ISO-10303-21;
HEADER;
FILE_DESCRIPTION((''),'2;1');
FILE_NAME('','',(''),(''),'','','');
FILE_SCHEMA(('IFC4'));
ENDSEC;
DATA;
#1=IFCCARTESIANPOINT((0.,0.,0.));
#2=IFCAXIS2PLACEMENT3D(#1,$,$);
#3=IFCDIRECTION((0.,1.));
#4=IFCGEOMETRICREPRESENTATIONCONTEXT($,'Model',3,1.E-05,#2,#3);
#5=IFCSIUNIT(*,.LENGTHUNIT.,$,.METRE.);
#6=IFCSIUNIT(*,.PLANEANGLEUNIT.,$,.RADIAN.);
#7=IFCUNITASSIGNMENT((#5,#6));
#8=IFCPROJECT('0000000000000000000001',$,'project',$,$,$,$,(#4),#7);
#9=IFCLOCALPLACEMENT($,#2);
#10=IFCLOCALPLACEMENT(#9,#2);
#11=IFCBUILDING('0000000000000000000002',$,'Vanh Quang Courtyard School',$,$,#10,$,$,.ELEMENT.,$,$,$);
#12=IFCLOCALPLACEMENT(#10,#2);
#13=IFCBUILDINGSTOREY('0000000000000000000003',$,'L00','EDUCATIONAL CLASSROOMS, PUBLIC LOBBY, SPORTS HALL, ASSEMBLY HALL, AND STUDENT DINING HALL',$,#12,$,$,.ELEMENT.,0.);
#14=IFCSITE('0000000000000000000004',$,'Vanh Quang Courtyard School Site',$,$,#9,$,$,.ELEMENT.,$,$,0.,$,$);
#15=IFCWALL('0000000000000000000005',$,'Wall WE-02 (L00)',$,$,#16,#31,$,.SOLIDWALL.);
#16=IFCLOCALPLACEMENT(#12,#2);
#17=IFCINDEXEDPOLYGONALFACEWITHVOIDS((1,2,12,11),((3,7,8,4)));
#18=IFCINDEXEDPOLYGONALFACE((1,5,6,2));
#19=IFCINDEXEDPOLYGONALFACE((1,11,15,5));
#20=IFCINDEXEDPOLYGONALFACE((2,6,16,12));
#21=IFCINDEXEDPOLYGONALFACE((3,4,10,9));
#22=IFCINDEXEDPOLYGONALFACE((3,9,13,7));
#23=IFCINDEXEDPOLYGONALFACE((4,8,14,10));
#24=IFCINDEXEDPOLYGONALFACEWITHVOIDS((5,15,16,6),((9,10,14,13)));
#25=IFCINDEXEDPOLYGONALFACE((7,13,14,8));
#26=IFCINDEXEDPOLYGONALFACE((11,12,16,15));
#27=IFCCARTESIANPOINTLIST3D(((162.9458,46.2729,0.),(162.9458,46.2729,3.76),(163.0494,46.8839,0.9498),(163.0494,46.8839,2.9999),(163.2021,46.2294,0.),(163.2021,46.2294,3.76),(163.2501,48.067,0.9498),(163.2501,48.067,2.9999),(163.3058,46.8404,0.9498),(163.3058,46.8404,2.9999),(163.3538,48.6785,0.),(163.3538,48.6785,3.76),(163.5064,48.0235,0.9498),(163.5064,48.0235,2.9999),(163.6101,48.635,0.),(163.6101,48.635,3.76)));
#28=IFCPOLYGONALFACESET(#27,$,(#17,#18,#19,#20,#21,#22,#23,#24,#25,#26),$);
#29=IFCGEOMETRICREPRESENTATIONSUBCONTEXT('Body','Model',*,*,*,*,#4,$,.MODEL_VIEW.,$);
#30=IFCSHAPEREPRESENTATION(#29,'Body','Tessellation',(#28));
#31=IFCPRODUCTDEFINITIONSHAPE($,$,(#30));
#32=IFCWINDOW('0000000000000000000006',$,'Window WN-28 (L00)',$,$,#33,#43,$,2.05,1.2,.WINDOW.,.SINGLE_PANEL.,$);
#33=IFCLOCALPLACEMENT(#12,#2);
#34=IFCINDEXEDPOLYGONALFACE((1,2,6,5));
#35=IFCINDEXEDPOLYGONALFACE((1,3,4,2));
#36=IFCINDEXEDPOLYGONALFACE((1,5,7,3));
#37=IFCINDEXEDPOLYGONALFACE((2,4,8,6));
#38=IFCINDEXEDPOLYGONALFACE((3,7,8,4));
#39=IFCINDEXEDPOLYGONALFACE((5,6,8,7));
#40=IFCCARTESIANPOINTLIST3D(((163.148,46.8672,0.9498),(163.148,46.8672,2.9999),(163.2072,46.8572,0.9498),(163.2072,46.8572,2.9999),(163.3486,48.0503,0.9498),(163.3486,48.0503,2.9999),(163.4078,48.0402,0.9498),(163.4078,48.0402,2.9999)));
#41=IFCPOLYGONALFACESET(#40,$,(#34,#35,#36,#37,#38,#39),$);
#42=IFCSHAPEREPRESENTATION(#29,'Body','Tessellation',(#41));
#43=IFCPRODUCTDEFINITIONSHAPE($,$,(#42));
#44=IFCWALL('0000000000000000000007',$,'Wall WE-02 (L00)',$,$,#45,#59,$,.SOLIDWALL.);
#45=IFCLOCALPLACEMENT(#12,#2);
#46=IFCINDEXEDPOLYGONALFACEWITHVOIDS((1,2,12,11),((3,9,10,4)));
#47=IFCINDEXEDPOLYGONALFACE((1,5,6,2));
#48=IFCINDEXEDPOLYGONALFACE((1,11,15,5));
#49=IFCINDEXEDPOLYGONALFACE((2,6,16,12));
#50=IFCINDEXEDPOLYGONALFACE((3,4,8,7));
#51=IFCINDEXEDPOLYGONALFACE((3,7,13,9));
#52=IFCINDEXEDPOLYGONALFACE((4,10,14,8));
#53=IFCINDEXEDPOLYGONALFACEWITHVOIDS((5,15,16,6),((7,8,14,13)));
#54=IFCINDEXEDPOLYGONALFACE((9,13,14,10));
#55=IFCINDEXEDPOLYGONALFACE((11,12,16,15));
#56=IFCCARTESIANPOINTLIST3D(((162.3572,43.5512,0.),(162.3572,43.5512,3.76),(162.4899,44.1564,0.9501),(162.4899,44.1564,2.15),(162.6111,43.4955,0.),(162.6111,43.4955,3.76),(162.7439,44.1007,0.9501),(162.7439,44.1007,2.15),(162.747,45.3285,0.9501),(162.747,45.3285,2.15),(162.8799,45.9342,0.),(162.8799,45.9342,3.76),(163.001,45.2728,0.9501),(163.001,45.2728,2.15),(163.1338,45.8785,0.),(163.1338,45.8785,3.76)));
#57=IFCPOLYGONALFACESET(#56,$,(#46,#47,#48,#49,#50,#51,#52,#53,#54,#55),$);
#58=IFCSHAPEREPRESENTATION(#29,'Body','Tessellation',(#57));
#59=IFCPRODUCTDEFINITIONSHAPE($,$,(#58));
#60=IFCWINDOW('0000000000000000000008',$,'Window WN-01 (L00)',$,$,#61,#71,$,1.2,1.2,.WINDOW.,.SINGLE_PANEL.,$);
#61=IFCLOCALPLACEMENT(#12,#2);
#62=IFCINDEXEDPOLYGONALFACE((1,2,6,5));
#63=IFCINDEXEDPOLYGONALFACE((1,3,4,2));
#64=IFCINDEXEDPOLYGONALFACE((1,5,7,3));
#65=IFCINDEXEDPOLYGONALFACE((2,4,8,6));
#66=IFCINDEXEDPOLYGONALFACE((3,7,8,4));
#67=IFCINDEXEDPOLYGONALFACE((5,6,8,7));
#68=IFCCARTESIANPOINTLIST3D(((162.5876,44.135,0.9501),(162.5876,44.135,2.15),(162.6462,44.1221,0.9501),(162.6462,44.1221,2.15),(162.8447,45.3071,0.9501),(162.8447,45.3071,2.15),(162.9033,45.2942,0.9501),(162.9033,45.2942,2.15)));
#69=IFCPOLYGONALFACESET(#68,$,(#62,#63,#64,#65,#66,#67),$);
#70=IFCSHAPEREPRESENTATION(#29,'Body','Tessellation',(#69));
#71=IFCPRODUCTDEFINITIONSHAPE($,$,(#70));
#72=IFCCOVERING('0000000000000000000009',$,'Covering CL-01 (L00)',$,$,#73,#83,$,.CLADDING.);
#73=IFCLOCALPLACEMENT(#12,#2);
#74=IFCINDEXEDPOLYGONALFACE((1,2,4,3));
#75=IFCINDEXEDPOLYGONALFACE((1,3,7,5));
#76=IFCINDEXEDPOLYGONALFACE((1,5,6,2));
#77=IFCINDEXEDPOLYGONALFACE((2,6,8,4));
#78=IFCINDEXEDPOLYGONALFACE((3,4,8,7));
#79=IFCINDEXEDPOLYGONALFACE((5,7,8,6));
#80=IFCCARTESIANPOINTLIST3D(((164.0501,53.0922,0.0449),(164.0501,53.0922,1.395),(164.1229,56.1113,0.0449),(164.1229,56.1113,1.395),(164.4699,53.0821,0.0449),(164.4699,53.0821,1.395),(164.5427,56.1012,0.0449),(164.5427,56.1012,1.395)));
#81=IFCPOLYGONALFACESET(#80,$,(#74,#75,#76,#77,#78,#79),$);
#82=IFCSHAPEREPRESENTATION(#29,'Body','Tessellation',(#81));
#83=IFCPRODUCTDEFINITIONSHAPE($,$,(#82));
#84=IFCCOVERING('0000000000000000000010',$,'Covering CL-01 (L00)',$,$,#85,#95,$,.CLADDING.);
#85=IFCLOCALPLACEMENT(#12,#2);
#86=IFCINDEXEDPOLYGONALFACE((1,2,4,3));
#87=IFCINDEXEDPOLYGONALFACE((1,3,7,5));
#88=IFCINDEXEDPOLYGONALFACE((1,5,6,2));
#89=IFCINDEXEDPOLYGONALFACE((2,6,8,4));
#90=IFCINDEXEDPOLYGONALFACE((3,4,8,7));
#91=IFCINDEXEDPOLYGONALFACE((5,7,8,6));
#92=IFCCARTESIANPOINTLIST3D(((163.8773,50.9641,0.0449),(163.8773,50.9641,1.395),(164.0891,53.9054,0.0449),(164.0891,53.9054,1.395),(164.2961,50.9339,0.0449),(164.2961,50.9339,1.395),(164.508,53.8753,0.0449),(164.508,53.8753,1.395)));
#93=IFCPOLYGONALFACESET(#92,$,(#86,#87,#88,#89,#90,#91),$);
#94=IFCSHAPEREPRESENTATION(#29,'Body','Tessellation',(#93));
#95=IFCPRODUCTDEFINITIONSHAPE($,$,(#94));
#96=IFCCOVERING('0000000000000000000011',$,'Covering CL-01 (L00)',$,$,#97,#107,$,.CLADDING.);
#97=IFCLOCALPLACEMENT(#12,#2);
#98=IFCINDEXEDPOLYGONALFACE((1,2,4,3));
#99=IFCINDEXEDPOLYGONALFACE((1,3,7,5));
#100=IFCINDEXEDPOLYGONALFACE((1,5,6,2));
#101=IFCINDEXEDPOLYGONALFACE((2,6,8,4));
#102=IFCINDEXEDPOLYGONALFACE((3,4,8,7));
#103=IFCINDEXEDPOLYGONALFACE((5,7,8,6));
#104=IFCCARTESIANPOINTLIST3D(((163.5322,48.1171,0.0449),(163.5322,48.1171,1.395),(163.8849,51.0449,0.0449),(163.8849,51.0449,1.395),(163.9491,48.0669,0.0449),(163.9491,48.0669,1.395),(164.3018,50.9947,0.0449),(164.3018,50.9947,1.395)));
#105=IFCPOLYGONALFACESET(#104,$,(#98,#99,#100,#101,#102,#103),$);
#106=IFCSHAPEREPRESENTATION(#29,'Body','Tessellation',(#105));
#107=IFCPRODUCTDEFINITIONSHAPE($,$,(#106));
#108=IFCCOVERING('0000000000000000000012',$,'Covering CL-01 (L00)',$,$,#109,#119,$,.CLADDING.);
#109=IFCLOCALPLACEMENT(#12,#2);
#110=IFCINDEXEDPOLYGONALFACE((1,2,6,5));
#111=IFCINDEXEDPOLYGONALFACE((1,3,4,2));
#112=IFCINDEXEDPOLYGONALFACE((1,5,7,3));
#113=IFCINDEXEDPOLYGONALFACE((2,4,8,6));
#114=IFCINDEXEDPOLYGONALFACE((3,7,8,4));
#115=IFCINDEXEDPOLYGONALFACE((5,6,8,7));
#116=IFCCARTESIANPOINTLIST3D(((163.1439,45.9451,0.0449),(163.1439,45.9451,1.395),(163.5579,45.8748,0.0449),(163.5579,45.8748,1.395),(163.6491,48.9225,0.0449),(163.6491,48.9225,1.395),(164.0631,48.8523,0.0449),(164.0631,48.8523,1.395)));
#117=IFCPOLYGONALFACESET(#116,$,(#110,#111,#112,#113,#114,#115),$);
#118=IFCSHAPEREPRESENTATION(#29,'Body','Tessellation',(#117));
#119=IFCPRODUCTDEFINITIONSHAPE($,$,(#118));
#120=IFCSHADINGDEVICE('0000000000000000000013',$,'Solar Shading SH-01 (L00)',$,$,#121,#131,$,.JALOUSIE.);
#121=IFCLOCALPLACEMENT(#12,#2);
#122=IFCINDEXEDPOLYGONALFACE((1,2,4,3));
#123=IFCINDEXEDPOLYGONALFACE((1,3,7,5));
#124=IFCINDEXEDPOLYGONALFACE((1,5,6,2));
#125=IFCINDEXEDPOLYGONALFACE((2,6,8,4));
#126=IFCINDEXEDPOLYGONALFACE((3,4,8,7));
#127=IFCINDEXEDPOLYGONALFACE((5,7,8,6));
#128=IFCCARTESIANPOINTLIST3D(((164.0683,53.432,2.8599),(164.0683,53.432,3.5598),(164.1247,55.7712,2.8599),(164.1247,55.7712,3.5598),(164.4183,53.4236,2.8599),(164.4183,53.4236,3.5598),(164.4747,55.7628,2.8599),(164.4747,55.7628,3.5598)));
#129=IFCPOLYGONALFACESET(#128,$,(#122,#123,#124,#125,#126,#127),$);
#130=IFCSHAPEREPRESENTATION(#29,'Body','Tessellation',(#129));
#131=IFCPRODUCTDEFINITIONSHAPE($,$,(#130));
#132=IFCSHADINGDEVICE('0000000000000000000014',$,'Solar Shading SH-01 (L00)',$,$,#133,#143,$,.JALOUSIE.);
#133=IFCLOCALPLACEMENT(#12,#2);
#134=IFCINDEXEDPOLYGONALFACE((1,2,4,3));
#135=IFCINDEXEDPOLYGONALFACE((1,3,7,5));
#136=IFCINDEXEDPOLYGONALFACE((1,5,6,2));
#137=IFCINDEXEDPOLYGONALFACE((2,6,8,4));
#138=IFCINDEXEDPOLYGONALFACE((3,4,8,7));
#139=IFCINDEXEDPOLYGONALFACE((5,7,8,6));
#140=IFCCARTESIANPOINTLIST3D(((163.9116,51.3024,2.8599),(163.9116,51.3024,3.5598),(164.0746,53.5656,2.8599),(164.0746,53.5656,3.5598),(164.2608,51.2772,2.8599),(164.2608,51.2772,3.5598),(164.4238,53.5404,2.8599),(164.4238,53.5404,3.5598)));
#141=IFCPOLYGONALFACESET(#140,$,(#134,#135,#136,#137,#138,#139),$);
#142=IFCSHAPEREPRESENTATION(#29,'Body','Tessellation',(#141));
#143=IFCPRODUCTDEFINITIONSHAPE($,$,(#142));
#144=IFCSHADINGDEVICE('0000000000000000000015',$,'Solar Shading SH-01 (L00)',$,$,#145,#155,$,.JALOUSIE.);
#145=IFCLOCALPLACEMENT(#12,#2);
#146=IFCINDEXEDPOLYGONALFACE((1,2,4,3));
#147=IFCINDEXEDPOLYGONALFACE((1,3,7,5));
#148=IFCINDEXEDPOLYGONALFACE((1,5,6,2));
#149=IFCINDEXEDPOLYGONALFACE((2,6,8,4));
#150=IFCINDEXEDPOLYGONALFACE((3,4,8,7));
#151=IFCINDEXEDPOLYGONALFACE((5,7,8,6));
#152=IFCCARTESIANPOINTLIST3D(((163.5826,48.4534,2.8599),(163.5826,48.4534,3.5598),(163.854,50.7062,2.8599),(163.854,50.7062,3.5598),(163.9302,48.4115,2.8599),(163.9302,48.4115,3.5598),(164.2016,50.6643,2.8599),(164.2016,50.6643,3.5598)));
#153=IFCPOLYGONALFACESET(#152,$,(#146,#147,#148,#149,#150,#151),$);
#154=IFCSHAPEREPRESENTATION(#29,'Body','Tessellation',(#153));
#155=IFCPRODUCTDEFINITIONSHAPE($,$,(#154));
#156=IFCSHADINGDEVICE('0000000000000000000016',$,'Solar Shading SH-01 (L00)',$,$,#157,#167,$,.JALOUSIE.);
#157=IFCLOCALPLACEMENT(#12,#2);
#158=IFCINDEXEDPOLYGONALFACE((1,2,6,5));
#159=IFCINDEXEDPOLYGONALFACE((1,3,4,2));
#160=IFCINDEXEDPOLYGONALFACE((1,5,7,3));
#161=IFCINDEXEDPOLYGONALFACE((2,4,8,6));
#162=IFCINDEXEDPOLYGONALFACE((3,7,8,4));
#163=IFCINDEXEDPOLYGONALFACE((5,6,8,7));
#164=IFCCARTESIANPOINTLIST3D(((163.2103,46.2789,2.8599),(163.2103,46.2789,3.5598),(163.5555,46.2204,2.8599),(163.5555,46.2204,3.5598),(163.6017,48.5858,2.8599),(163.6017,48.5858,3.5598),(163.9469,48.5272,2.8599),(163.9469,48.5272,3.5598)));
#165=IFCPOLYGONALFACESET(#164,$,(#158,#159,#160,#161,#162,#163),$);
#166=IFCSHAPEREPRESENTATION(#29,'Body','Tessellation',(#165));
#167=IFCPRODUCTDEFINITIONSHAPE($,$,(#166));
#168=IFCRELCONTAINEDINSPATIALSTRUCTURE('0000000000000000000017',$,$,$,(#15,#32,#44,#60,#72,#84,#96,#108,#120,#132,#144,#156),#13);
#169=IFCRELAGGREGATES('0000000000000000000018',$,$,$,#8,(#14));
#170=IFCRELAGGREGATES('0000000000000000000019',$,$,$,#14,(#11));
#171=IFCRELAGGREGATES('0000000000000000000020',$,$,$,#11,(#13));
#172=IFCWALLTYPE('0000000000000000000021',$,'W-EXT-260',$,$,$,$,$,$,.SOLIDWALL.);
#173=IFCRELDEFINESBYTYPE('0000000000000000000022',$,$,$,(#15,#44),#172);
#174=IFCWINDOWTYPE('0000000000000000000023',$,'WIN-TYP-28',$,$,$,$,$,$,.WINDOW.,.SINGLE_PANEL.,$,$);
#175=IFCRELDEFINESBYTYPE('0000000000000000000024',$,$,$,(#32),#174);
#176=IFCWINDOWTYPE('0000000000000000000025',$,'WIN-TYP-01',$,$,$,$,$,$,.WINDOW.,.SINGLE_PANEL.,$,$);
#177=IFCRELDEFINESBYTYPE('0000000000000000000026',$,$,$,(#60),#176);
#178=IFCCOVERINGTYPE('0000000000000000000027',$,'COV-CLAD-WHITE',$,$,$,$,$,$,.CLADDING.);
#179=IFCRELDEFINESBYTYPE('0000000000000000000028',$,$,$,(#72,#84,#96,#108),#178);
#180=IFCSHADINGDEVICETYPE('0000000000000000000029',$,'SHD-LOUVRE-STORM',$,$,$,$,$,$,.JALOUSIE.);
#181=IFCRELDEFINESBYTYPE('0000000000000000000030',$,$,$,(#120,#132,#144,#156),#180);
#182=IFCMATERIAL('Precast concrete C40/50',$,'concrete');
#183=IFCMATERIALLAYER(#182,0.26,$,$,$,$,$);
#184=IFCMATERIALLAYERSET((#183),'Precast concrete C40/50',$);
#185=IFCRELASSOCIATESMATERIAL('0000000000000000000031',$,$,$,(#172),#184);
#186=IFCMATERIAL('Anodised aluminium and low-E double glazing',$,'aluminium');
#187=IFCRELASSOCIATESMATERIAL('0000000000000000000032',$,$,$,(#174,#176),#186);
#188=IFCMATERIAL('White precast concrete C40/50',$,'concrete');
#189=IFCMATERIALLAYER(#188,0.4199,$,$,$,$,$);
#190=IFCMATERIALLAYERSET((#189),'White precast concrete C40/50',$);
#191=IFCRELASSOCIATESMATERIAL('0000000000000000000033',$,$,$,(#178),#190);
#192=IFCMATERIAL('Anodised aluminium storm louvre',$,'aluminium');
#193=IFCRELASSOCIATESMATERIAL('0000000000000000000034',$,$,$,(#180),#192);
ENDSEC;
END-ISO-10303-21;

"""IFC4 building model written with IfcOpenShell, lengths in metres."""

from ifc_helpers import new_model, si_unit, direction, frame, frame_2d, origin, origin_2d, place, context, subcontext, project, spatial, rectangle, extrude, material, layer, layer_set, type_object, element, fill, save


model = new_model("IFC4")

# Units and contexts
model_context = context("Model", 3, precision=1e-05, world=origin(), true_north=direction((0.0, 1.0)))
body_context = subcontext(model_context, "Body", "Model", "MODEL_VIEW")
ifc_project = project(units=[si_unit("LENGTHUNIT", "METRE"), si_unit("PLANEANGLEUNIT", "RADIAN")], contexts=[model_context])

# Site, building, storey
site_placement = place(None, origin())
site = spatial("IfcSite", under=ifc_project, at=site_placement, Name="Vanh Quang Courtyard School Site", CompositionType="ELEMENT", RefElevation=0.0)
building_placement = place(site_placement, origin())
building = spatial("IfcBuilding", under=site, at=building_placement, Name="Vanh Quang Courtyard School", CompositionType="ELEMENT")
storey_placement = place(building_placement, origin())
storey = spatial("IfcBuildingStorey", under=building, at=storey_placement, Name="L00", Description="EDUCATIONAL CLASSROOMS, PUBLIC LOBBY, SPORTS HALL, ASSEMBLY HALL, AND STUDENT DINING HALL", CompositionType="ELEMENT", Elevation=0.0)

# Shared definitions
ifc_material_1 = material(Name="Precast concrete C40/50", Category="concrete")
ifc_layer_1 = layer(ifc_material_1, 0.26)
ifc_layer_set_1 = layer_set([ifc_layer_1], Name="Precast concrete C40/50")
wall_type = type_object("IfcWallType", Name="W-EXT-260", PredefinedType="SOLIDWALL", material=ifc_layer_set_1)
ifc_material_2 = material(Name="Anodised aluminium and low-E double glazing", Category="aluminium")

# Walls, openings, windows
wall_1_placement = place(storey_placement, frame((163.4819, 48.6567, 0.0), z_axis=(0.0, 0.0, 1.0), x_axis=(-0.167205, -0.985922, 0.0)))
wall_1 = element("IfcWall", 1, at=wall_1_placement, inside=storey, type_object=wall_type, Name="Wall WE-02 (L00)", PredefinedType="SOLIDWALL", context=body_context, shape_type="SweptSolid", body=[
    extrude(rectangle(XDim=2.4399, YDim=0.26, at=frame_2d((1.22, 0.0))), origin(), (0.0, 0.0, 1.0), 3.76),
])
opening_1_placement = place(wall_1_placement, frame((0.6201, 0.0, 0.95)))
opening_1 = element("IfcOpeningElement", 2, at=opening_1_placement, cuts=wall_1, PredefinedType="OPENING", context=body_context, shape_type="SweptSolid", body=[
    extrude(rectangle(XDim=1.2, YDim=2.05, at=frame_2d((0.6001, 1.0249))), frame((0.0, 0.1401, 0.0), z_axis=(0.0, -1.0, 0.0), x_axis=(1.0, 0.0, 0.0)), (0.0, 0.0, 1.0), 0.28),
])
window_type_1 = type_object("IfcWindowType", Name="WIN-TYP-28", PartitioningType="SINGLE_PANEL", PredefinedType="WINDOW", material=ifc_material_2)
window_1_placement = place(opening_1_placement, origin())
window_1 = element("IfcWindow", 3, at=window_1_placement, inside=storey, type_object=window_type_1, Name="Window WN-28 (L00)", OverallHeight=2.05, OverallWidth=1.2, PartitioningType="SINGLE_PANEL", PredefinedType="WINDOW", context=body_context, shape_type="SweptSolid", body=[
    extrude(rectangle(XDim=1.2, YDim=2.05, at=frame_2d((0.6001, 1.0249))), frame((0.0, 0.03, 0.0), z_axis=(0.0, -1.0, 0.0), x_axis=(1.0, 0.0, 0.0)), (0.0, 0.0, 1.0), 0.0601),
])
fill(opening_1, window_1)
wall_2_placement = place(storey_placement, frame((163.0068, 45.9062, 0.0), z_axis=(0.0, 0.0, 1.0), x_axis=(-0.214249, -0.976779, 0.0)))
wall_2 = element("IfcWall", 4, at=wall_2_placement, inside=storey, type_object=wall_type, Name="Wall WE-02 (L00)", PredefinedType="SOLIDWALL", context=body_context, shape_type="SweptSolid", body=[
    extrude(rectangle(XDim=2.4397, YDim=0.26, at=frame_2d((1.2197, 0.0))), origin(), (0.0, 0.0, 1.0), 3.76),
])
opening_2_placement = place(wall_2_placement, frame((0.6199, 0.0, 0.95)))
opening_2 = element("IfcOpeningElement", 5, at=opening_2_placement, cuts=wall_2, PredefinedType="OPENING", context=body_context, shape_type="SweptSolid", body=[
    extrude(rectangle(XDim=1.2, YDim=1.2, at=frame_2d((0.6001, 0.6001))), frame((0.0, 0.1401, 0.0), z_axis=(0.0, -1.0, 0.0), x_axis=(1.0, 0.0, 0.0)), (0.0, 0.0, 1.0), 0.28),
])
window_type_2 = type_object("IfcWindowType", Name="WIN-TYP-01", PartitioningType="SINGLE_PANEL", PredefinedType="WINDOW", material=ifc_material_2)
window_2_placement = place(opening_2_placement, origin())
window_2 = element("IfcWindow", 6, at=window_2_placement, inside=storey, type_object=window_type_2, Name="Window WN-01 (L00)", OverallHeight=1.2, OverallWidth=1.2, PartitioningType="SINGLE_PANEL", PredefinedType="WINDOW", context=body_context, shape_type="SweptSolid", body=[
    extrude(rectangle(XDim=1.2, YDim=1.2, at=frame_2d((0.6001, 0.6001))), frame((0.0, 0.03, 0.0), z_axis=(0.0, -1.0, 0.0), x_axis=(1.0, 0.0, 0.0)), (0.0, 0.0, 1.0), 0.0601),
])
fill(opening_2, window_2)

# Coverings
ifc_material_3 = material(Name="White precast concrete C40/50", Category="concrete")
ifc_layer_2 = layer(ifc_material_3, 0.4199)
ifc_layer_set_2 = layer_set([ifc_layer_2], Name="White precast concrete C40/50")
covering_type = type_object("IfcCoveringType", Name="COV-CLAD-WHITE", PredefinedType="CLADDING", material=ifc_layer_set_2)
covering_1_placement = place(storey_placement, frame((164.2964, 54.5967, 0.0449), z_axis=(0.0, 0.0, 1.0), x_axis=(-0.024083, -0.99971, 0.0)))
element("IfcCovering", 7, at=covering_1_placement, inside=storey, type_object=covering_type, Name="Covering CL-01 (L00)", PredefinedType="CLADDING", context=body_context, shape_type="SweptSolid", body=[
    extrude(rectangle(XDim=3.02, YDim=0.4199, at=origin_2d()), origin(), (0.0, 0.0, 1.0), 1.3501),
])
for number, where, z_axis, x_axis, name in (
    (8, (164.1926, 52.4197, 0.0449), (0.0, 0.0, 1.0), (-0.071846, -0.997416, 0.0), "Covering CL-01 (L00)"),
    (9, (163.917, 49.5559, 0.0449), (0.0, 0.0, 1.0), (-0.119617, -0.99282, 0.0), "Covering CL-01 (L00)"),
):
    element("IfcCovering", number, at=place(storey_placement, frame(where, z_axis=z_axis, x_axis=x_axis)), inside=storey, type_object=covering_type, Name=name, PredefinedType="CLADDING", context=body_context, shape_type="SweptSolid", body=[
        extrude(rectangle(XDim=2.949, YDim=0.4199, at=origin_2d()), origin(), (0.0, 0.0, 1.0), 1.3501),
    ])
covering_2_placement = place(storey_placement, frame((163.6035, 47.3987, 0.0449), z_axis=(0.0, 0.0, 1.0), x_axis=(-0.167285, -0.985909, 0.0)))
element("IfcCovering", 10, at=covering_2_placement, inside=storey, type_object=covering_type, Name="Covering CL-01 (L00)", PredefinedType="CLADDING", context=body_context, shape_type="SweptSolid", body=[
    extrude(rectangle(XDim=3.02, YDim=0.4199, at=origin_2d()), origin(), (0.0, 0.0, 1.0), 1.3501),
])

# Shading devices
ifc_material_4 = material(Name="Anodised aluminium storm louvre", Category="aluminium")
shading_device_type = type_object("IfcShadingDeviceType", Name="SHD-LOUVRE-STORM", PredefinedType="JALOUSIE", material=ifc_material_4)
shading_device_1_placement = place(storey_placement, frame((164.2715, 54.5974, 2.8599), z_axis=(0.0, 0.0, 1.0), x_axis=(-0.024083, -0.99971, 0.0)))
element("IfcShadingDevice", 11, at=shading_device_1_placement, inside=storey, type_object=shading_device_type, Name="Solar Shading SH-01 (L00)", PredefinedType="JALOUSIE", context=body_context, shape_type="SweptSolid", body=[
    extrude(rectangle(XDim=2.3398, YDim=0.3501, at=origin_2d()), origin(), (0.0, 0.0, 1.0), 0.7),
])
for number, where, z_axis, x_axis, name in (
    (12, (164.1677, 52.4214, 2.8599), (0.0, 0.0, 1.0), (-0.071846, -0.997416, 0.0), "Solar Shading SH-01 (L00)"),
    (13, (163.8921, 49.5588, 2.8599), (0.0, 0.0, 1.0), (-0.119617, -0.99282, 0.0), "Solar Shading SH-01 (L00)"),
):
    element("IfcShadingDevice", number, at=place(storey_placement, frame(where, z_axis=z_axis, x_axis=x_axis)), inside=storey, type_object=shading_device_type, Name=name, PredefinedType="JALOUSIE", context=body_context, shape_type="SweptSolid", body=[
        extrude(rectangle(XDim=2.269, YDim=0.3501, at=origin_2d()), origin(), (0.0, 0.0, 1.0), 0.7),
    ])
shading_device_2_placement = place(storey_placement, frame((163.5786, 47.4031, 2.8599), z_axis=(0.0, 0.0, 1.0), x_axis=(-0.167285, -0.985909, 0.0)))
element("IfcShadingDevice", 14, at=shading_device_2_placement, inside=storey, type_object=shading_device_type, Name="Solar Shading SH-01 (L00)", PredefinedType="JALOUSIE", context=body_context, shape_type="SweptSolid", body=[
    extrude(rectangle(XDim=2.3398, YDim=0.3501, at=origin_2d()), origin(), (0.0, 0.0, 1.0), 0.7),
])

save(model, "model.ifc")
